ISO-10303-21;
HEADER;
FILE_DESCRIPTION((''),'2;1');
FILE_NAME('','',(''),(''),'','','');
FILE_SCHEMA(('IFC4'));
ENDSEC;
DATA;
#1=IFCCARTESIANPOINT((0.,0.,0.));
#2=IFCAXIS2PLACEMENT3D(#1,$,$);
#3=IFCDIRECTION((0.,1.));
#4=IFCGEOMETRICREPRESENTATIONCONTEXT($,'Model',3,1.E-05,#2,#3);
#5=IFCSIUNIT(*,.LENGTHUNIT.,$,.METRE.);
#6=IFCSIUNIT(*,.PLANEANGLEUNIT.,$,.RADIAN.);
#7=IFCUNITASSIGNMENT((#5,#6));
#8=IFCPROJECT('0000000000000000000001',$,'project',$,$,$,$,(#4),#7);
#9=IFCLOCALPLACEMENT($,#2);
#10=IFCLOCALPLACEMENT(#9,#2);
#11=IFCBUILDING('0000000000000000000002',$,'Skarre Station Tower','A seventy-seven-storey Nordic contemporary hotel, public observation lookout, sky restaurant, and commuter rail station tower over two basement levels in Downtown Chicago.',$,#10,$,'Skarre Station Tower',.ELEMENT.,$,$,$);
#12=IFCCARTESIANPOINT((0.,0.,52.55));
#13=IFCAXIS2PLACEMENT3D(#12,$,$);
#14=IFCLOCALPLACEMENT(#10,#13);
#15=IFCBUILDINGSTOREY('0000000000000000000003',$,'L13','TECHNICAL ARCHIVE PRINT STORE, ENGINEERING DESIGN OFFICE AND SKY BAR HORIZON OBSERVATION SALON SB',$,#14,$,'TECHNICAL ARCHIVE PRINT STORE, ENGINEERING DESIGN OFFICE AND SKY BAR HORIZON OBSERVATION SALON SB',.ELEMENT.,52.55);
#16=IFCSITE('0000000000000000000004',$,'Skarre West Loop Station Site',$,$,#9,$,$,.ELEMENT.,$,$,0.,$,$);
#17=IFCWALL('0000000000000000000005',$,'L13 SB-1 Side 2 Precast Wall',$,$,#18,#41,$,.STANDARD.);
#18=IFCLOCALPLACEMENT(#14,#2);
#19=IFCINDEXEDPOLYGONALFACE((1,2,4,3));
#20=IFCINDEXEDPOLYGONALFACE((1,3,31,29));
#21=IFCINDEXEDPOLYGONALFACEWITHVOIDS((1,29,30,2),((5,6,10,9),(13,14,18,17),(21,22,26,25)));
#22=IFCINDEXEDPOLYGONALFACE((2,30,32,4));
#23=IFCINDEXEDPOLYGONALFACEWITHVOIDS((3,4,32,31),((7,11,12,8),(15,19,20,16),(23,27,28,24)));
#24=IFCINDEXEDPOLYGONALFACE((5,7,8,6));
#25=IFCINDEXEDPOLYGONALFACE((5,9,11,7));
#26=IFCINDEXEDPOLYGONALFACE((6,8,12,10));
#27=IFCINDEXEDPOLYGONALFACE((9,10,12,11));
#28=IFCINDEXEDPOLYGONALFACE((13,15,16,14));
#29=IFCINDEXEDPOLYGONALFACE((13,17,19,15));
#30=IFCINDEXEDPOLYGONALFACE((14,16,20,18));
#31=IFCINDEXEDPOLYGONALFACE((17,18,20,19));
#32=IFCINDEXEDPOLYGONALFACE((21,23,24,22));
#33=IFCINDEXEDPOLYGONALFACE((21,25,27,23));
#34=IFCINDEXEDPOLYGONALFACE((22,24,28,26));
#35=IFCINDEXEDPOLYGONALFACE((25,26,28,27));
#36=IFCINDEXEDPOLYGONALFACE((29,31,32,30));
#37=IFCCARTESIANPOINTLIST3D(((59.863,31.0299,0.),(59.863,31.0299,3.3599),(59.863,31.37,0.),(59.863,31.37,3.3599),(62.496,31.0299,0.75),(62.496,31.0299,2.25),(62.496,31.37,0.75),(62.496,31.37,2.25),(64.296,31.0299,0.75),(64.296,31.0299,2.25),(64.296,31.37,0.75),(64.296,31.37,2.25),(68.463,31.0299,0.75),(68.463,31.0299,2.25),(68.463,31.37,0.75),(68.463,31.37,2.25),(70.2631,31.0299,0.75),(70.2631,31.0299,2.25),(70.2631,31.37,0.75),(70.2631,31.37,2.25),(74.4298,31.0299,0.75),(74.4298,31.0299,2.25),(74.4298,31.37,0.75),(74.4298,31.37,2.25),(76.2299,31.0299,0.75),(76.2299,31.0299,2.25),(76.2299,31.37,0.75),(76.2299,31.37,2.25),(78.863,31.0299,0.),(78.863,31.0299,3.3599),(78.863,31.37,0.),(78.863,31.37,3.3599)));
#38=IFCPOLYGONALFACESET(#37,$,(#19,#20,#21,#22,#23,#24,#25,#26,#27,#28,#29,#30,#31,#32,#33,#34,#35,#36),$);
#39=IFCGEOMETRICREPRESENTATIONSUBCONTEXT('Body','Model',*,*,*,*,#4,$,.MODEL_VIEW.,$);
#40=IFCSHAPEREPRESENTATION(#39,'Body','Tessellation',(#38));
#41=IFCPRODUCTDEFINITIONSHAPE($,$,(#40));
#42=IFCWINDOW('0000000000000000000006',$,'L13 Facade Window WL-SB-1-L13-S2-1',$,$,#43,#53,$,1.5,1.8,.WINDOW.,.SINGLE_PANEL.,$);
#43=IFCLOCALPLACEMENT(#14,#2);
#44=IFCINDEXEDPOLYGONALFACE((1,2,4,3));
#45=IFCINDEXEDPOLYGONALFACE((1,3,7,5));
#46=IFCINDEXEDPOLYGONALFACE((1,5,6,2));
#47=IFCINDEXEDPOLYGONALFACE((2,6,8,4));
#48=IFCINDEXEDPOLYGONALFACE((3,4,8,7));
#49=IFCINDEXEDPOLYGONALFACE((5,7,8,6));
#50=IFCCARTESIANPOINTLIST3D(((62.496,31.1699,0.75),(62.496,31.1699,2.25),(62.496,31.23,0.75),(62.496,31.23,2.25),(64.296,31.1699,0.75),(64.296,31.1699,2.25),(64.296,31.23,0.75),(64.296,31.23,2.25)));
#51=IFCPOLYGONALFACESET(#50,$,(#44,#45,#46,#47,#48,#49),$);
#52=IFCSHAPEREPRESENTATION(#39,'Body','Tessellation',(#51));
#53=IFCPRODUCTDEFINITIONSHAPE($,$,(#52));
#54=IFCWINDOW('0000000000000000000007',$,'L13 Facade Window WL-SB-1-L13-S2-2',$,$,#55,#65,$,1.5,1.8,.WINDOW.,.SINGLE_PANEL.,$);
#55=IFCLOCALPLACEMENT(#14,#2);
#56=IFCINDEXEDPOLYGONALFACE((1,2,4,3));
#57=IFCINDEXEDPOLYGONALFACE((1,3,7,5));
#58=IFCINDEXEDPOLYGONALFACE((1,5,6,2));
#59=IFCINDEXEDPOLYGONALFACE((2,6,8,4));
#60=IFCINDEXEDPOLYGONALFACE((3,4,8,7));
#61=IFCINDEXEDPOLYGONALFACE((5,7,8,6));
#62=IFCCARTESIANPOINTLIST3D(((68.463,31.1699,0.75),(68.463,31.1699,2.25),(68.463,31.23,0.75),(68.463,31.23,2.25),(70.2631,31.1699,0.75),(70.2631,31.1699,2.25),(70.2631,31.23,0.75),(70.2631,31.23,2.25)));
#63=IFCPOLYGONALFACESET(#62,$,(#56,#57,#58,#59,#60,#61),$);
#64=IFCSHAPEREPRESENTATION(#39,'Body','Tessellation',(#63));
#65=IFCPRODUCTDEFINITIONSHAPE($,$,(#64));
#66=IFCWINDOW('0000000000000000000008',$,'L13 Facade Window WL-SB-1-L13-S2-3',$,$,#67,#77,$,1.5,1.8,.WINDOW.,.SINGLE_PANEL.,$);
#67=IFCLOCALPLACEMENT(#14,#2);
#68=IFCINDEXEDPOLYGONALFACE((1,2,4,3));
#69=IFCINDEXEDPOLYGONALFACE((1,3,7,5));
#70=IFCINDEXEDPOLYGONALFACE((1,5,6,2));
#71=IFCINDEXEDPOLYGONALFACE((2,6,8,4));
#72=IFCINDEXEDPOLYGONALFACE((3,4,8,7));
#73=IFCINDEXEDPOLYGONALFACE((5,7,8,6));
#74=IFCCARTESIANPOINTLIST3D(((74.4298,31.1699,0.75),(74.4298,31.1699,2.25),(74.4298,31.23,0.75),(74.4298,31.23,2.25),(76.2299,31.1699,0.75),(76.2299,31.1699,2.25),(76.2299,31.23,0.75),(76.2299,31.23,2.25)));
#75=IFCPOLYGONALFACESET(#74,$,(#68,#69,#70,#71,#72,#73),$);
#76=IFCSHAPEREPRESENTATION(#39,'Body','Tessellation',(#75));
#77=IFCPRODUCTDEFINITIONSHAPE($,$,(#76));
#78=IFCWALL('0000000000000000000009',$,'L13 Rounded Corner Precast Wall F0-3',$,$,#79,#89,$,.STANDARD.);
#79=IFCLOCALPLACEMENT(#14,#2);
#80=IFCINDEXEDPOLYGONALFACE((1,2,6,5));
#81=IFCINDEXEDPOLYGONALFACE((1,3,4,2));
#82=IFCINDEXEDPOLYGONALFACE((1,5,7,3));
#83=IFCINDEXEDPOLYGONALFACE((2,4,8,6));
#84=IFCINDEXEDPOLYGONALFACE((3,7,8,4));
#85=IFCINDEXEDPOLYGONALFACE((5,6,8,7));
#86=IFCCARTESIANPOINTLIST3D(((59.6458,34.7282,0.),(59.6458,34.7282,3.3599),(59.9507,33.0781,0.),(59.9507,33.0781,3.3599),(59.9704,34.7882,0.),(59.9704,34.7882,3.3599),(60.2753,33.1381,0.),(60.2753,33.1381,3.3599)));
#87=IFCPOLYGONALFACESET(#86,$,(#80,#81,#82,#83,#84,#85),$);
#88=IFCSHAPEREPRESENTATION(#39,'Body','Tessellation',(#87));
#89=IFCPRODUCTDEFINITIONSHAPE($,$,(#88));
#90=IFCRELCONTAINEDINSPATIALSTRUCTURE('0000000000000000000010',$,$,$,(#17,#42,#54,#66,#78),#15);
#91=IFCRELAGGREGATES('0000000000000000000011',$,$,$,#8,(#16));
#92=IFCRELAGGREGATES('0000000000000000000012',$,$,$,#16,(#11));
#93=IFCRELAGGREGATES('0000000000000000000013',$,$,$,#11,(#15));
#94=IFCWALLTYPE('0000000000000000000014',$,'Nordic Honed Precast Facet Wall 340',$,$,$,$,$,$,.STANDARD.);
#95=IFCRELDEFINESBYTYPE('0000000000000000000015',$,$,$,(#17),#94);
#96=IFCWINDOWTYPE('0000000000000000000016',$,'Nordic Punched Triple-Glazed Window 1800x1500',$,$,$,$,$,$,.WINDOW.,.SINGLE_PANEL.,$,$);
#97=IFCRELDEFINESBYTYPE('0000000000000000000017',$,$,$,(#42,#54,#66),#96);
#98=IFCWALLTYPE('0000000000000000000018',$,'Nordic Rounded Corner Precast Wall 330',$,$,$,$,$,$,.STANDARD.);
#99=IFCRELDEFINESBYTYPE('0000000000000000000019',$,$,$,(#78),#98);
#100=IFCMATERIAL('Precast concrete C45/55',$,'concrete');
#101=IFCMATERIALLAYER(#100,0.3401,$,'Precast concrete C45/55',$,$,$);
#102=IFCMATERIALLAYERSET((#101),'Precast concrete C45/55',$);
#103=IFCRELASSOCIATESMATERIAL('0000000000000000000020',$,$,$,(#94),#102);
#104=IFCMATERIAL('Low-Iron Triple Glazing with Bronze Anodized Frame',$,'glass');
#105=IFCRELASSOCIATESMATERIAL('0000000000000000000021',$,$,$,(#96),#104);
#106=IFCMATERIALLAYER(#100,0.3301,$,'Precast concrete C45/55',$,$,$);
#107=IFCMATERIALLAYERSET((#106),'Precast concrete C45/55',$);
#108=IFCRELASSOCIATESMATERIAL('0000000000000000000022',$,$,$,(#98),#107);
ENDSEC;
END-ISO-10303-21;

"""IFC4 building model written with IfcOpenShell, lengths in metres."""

from ifc_helpers import new_model, si_unit, direction, frame, frame_2d, origin, place, context, subcontext, project, spatial, rectangle, extrude, material, layer, layer_set, type_object, element, fill, save


model = new_model("IFC4")

# Units and contexts
model_context = context("Model", 3, precision=1e-05, world=origin(), true_north=direction((0.0, 1.0)))
body_context = subcontext(model_context, "Body", "Model", "MODEL_VIEW")
ifc_project = project(units=[si_unit("LENGTHUNIT", "METRE"), si_unit("PLANEANGLEUNIT", "RADIAN")], contexts=[model_context])

# Site, building, storey
site_placement = place(None, origin())
site = spatial("IfcSite", under=ifc_project, at=site_placement, Name="Skarre West Loop Station Site", CompositionType="ELEMENT", RefElevation=0.0)
building_placement = place(site_placement, origin())
building = spatial("IfcBuilding", under=site, at=building_placement, Name="Skarre Station Tower", Description="A seventy-seven-storey Nordic contemporary hotel, public observation lookout, sky restaurant, and commuter rail station tower over two basement levels in Downtown Chicago.", LongName="Skarre Station Tower", CompositionType="ELEMENT")
storey_placement = place(building_placement, frame((0.0, 0.0, 52.55)))
storey = spatial("IfcBuildingStorey", under=building, at=storey_placement, Name="L13", Description="TECHNICAL ARCHIVE PRINT STORE, ENGINEERING DESIGN OFFICE AND SKY BAR HORIZON OBSERVATION SALON SB", LongName="TECHNICAL ARCHIVE PRINT STORE, ENGINEERING DESIGN OFFICE AND SKY BAR HORIZON OBSERVATION SALON SB", CompositionType="ELEMENT", Elevation=52.55)

# Wall, openings, windows
ifc_material_1 = material(Name="Precast concrete C45/55", Category="concrete")
ifc_layer_1 = layer(ifc_material_1, 0.3401, Name="Precast concrete C45/55")
ifc_layer_set_1 = layer_set([ifc_layer_1], Name="Precast concrete C45/55")
wall_type_1 = type_object("IfcWallType", Name="Nordic Honed Precast Facet Wall 340", PredefinedType="STANDARD", material=ifc_layer_set_1)
wall_1_placement = place(storey_placement, frame((59.863, 31.2, 0.0), z_axis=(0.0, 0.0, 1.0), x_axis=(1.0, 0.0, 0.0)))
wall_1 = element("IfcWall", 1, at=wall_1_placement, inside=storey, type_object=wall_type_1, Name="L13 SB-1 Side 2 Precast Wall", PredefinedType="STANDARD", context=body_context, shape_type="SweptSolid", body=[
    extrude(rectangle(XDim=19.0, YDim=0.3401, at=frame_2d((9.5, 0.0))), origin(), (0.0, 0.0, 1.0), 3.3599),
])
opening_1_placement = place(wall_1_placement, frame((2.6331, 0.0, 0.75)))
opening_1 = element("IfcOpeningElement", 2, at=opening_1_placement, cuts=wall_1, PredefinedType="OPENING", context=body_context, shape_type="SweptSolid", body=[
    extrude(rectangle(XDim=1.8, YDim=1.5, at=frame_2d((0.8999, 0.75))), frame((0.0, 0.1799, 0.0), z_axis=(0.0, -1.0, 0.0), x_axis=(1.0, 0.0, 0.0)), (0.0, 0.0, 1.0), 0.3601),
])
opening_2_placement = place(wall_1_placement, frame((8.6001, 0.0, 0.75)))
opening_2 = element("IfcOpeningElement", 3, at=opening_2_placement, cuts=wall_1, PredefinedType="OPENING", context=body_context, shape_type="SweptSolid", body=[
    extrude(rectangle(XDim=1.8, YDim=1.5, at=frame_2d((0.8999, 0.75))), frame((0.0, 0.1799, 0.0), z_axis=(0.0, -1.0, 0.0), x_axis=(1.0, 0.0, 0.0)), (0.0, 0.0, 1.0), 0.3601),
])
opening_3_placement = place(wall_1_placement, frame((14.5669, 0.0, 0.75)))
opening_3 = element("IfcOpeningElement", 4, at=opening_3_placement, cuts=wall_1, PredefinedType="OPENING", context=body_context, shape_type="SweptSolid", body=[
    extrude(rectangle(XDim=1.8, YDim=1.5, at=frame_2d((0.8999, 0.75))), frame((0.0, 0.1799, 0.0), z_axis=(0.0, -1.0, 0.0), x_axis=(1.0, 0.0, 0.0)), (0.0, 0.0, 1.0), 0.3601),
])
ifc_material_2 = material(Name="Low-Iron Triple Glazing with Bronze Anodized Frame", Category="glass")
window_type = type_object("IfcWindowType", Name="Nordic Punched Triple-Glazed Window 1800x1500", PartitioningType="SINGLE_PANEL", PredefinedType="WINDOW", material=ifc_material_2)
window_1_placement = place(opening_1_placement, origin())
window_1 = element("IfcWindow", 5, at=window_1_placement, inside=storey, type_object=window_type, Name="L13 Facade Window WL-SB-1-L13-S2-1", OverallHeight=1.5, OverallWidth=1.8, PartitioningType="SINGLE_PANEL", PredefinedType="WINDOW", context=body_context, shape_type="SweptSolid", body=[
    extrude(rectangle(XDim=1.8, YDim=1.5, at=frame_2d((0.8999, 0.75))), frame((0.0, 0.03, 0.0), z_axis=(0.0, -1.0, 0.0), x_axis=(1.0, 0.0, 0.0)), (0.0, 0.0, 1.0), 0.0601),
])
fill(opening_1, window_1)
window_2_placement = place(opening_2_placement, origin())
window_2 = element("IfcWindow", 6, at=window_2_placement, inside=storey, type_object=window_type, Name="L13 Facade Window WL-SB-1-L13-S2-2", OverallHeight=1.5, OverallWidth=1.8, PartitioningType="SINGLE_PANEL", PredefinedType="WINDOW", context=body_context, shape_type="SweptSolid", body=[
    extrude(rectangle(XDim=1.8, YDim=1.5, at=frame_2d((0.8999, 0.75))), frame((0.0, 0.03, 0.0), z_axis=(0.0, -1.0, 0.0), x_axis=(1.0, 0.0, 0.0)), (0.0, 0.0, 1.0), 0.0601),
])
fill(opening_2, window_2)
window_3_placement = place(opening_3_placement, origin())
window_3 = element("IfcWindow", 7, at=window_3_placement, inside=storey, type_object=window_type, Name="L13 Facade Window WL-SB-1-L13-S2-3", OverallHeight=1.5, OverallWidth=1.8, PartitioningType="SINGLE_PANEL", PredefinedType="WINDOW", context=body_context, shape_type="SweptSolid", body=[
    extrude(rectangle(XDim=1.8, YDim=1.5, at=frame_2d((0.8999, 0.75))), frame((0.0, 0.03, 0.0), z_axis=(0.0, -1.0, 0.0), x_axis=(1.0, 0.0, 0.0)), (0.0, 0.0, 1.0), 0.0601),
])
fill(opening_3, window_3)

# Wall
ifc_layer_2 = layer(ifc_material_1, 0.3301, Name="Precast concrete C45/55")
ifc_layer_set_2 = layer_set([ifc_layer_2], Name="Precast concrete C45/55")
wall_type_2 = type_object("IfcWallType", Name="Nordic Rounded Corner Precast Wall 330", PredefinedType="STANDARD", material=ifc_layer_set_2)
wall_2_placement = place(storey_placement, frame((59.8081, 34.7581, 0.0), z_axis=(0.0, 0.0, 1.0), x_axis=(0.181714, -0.983351, 0.0)))
element("IfcWall", 8, at=wall_2_placement, inside=storey, type_object=wall_type_2, Name="L13 Rounded Corner Precast Wall F0-3", PredefinedType="STANDARD", context=body_context, shape_type="SweptSolid", body=[
    extrude(rectangle(XDim=1.678, YDim=0.3301, at=frame_2d((0.8389, 0.0))), origin(), (0.0, 0.0, 1.0), 3.3599),
])

save(model, "model.ifc")
